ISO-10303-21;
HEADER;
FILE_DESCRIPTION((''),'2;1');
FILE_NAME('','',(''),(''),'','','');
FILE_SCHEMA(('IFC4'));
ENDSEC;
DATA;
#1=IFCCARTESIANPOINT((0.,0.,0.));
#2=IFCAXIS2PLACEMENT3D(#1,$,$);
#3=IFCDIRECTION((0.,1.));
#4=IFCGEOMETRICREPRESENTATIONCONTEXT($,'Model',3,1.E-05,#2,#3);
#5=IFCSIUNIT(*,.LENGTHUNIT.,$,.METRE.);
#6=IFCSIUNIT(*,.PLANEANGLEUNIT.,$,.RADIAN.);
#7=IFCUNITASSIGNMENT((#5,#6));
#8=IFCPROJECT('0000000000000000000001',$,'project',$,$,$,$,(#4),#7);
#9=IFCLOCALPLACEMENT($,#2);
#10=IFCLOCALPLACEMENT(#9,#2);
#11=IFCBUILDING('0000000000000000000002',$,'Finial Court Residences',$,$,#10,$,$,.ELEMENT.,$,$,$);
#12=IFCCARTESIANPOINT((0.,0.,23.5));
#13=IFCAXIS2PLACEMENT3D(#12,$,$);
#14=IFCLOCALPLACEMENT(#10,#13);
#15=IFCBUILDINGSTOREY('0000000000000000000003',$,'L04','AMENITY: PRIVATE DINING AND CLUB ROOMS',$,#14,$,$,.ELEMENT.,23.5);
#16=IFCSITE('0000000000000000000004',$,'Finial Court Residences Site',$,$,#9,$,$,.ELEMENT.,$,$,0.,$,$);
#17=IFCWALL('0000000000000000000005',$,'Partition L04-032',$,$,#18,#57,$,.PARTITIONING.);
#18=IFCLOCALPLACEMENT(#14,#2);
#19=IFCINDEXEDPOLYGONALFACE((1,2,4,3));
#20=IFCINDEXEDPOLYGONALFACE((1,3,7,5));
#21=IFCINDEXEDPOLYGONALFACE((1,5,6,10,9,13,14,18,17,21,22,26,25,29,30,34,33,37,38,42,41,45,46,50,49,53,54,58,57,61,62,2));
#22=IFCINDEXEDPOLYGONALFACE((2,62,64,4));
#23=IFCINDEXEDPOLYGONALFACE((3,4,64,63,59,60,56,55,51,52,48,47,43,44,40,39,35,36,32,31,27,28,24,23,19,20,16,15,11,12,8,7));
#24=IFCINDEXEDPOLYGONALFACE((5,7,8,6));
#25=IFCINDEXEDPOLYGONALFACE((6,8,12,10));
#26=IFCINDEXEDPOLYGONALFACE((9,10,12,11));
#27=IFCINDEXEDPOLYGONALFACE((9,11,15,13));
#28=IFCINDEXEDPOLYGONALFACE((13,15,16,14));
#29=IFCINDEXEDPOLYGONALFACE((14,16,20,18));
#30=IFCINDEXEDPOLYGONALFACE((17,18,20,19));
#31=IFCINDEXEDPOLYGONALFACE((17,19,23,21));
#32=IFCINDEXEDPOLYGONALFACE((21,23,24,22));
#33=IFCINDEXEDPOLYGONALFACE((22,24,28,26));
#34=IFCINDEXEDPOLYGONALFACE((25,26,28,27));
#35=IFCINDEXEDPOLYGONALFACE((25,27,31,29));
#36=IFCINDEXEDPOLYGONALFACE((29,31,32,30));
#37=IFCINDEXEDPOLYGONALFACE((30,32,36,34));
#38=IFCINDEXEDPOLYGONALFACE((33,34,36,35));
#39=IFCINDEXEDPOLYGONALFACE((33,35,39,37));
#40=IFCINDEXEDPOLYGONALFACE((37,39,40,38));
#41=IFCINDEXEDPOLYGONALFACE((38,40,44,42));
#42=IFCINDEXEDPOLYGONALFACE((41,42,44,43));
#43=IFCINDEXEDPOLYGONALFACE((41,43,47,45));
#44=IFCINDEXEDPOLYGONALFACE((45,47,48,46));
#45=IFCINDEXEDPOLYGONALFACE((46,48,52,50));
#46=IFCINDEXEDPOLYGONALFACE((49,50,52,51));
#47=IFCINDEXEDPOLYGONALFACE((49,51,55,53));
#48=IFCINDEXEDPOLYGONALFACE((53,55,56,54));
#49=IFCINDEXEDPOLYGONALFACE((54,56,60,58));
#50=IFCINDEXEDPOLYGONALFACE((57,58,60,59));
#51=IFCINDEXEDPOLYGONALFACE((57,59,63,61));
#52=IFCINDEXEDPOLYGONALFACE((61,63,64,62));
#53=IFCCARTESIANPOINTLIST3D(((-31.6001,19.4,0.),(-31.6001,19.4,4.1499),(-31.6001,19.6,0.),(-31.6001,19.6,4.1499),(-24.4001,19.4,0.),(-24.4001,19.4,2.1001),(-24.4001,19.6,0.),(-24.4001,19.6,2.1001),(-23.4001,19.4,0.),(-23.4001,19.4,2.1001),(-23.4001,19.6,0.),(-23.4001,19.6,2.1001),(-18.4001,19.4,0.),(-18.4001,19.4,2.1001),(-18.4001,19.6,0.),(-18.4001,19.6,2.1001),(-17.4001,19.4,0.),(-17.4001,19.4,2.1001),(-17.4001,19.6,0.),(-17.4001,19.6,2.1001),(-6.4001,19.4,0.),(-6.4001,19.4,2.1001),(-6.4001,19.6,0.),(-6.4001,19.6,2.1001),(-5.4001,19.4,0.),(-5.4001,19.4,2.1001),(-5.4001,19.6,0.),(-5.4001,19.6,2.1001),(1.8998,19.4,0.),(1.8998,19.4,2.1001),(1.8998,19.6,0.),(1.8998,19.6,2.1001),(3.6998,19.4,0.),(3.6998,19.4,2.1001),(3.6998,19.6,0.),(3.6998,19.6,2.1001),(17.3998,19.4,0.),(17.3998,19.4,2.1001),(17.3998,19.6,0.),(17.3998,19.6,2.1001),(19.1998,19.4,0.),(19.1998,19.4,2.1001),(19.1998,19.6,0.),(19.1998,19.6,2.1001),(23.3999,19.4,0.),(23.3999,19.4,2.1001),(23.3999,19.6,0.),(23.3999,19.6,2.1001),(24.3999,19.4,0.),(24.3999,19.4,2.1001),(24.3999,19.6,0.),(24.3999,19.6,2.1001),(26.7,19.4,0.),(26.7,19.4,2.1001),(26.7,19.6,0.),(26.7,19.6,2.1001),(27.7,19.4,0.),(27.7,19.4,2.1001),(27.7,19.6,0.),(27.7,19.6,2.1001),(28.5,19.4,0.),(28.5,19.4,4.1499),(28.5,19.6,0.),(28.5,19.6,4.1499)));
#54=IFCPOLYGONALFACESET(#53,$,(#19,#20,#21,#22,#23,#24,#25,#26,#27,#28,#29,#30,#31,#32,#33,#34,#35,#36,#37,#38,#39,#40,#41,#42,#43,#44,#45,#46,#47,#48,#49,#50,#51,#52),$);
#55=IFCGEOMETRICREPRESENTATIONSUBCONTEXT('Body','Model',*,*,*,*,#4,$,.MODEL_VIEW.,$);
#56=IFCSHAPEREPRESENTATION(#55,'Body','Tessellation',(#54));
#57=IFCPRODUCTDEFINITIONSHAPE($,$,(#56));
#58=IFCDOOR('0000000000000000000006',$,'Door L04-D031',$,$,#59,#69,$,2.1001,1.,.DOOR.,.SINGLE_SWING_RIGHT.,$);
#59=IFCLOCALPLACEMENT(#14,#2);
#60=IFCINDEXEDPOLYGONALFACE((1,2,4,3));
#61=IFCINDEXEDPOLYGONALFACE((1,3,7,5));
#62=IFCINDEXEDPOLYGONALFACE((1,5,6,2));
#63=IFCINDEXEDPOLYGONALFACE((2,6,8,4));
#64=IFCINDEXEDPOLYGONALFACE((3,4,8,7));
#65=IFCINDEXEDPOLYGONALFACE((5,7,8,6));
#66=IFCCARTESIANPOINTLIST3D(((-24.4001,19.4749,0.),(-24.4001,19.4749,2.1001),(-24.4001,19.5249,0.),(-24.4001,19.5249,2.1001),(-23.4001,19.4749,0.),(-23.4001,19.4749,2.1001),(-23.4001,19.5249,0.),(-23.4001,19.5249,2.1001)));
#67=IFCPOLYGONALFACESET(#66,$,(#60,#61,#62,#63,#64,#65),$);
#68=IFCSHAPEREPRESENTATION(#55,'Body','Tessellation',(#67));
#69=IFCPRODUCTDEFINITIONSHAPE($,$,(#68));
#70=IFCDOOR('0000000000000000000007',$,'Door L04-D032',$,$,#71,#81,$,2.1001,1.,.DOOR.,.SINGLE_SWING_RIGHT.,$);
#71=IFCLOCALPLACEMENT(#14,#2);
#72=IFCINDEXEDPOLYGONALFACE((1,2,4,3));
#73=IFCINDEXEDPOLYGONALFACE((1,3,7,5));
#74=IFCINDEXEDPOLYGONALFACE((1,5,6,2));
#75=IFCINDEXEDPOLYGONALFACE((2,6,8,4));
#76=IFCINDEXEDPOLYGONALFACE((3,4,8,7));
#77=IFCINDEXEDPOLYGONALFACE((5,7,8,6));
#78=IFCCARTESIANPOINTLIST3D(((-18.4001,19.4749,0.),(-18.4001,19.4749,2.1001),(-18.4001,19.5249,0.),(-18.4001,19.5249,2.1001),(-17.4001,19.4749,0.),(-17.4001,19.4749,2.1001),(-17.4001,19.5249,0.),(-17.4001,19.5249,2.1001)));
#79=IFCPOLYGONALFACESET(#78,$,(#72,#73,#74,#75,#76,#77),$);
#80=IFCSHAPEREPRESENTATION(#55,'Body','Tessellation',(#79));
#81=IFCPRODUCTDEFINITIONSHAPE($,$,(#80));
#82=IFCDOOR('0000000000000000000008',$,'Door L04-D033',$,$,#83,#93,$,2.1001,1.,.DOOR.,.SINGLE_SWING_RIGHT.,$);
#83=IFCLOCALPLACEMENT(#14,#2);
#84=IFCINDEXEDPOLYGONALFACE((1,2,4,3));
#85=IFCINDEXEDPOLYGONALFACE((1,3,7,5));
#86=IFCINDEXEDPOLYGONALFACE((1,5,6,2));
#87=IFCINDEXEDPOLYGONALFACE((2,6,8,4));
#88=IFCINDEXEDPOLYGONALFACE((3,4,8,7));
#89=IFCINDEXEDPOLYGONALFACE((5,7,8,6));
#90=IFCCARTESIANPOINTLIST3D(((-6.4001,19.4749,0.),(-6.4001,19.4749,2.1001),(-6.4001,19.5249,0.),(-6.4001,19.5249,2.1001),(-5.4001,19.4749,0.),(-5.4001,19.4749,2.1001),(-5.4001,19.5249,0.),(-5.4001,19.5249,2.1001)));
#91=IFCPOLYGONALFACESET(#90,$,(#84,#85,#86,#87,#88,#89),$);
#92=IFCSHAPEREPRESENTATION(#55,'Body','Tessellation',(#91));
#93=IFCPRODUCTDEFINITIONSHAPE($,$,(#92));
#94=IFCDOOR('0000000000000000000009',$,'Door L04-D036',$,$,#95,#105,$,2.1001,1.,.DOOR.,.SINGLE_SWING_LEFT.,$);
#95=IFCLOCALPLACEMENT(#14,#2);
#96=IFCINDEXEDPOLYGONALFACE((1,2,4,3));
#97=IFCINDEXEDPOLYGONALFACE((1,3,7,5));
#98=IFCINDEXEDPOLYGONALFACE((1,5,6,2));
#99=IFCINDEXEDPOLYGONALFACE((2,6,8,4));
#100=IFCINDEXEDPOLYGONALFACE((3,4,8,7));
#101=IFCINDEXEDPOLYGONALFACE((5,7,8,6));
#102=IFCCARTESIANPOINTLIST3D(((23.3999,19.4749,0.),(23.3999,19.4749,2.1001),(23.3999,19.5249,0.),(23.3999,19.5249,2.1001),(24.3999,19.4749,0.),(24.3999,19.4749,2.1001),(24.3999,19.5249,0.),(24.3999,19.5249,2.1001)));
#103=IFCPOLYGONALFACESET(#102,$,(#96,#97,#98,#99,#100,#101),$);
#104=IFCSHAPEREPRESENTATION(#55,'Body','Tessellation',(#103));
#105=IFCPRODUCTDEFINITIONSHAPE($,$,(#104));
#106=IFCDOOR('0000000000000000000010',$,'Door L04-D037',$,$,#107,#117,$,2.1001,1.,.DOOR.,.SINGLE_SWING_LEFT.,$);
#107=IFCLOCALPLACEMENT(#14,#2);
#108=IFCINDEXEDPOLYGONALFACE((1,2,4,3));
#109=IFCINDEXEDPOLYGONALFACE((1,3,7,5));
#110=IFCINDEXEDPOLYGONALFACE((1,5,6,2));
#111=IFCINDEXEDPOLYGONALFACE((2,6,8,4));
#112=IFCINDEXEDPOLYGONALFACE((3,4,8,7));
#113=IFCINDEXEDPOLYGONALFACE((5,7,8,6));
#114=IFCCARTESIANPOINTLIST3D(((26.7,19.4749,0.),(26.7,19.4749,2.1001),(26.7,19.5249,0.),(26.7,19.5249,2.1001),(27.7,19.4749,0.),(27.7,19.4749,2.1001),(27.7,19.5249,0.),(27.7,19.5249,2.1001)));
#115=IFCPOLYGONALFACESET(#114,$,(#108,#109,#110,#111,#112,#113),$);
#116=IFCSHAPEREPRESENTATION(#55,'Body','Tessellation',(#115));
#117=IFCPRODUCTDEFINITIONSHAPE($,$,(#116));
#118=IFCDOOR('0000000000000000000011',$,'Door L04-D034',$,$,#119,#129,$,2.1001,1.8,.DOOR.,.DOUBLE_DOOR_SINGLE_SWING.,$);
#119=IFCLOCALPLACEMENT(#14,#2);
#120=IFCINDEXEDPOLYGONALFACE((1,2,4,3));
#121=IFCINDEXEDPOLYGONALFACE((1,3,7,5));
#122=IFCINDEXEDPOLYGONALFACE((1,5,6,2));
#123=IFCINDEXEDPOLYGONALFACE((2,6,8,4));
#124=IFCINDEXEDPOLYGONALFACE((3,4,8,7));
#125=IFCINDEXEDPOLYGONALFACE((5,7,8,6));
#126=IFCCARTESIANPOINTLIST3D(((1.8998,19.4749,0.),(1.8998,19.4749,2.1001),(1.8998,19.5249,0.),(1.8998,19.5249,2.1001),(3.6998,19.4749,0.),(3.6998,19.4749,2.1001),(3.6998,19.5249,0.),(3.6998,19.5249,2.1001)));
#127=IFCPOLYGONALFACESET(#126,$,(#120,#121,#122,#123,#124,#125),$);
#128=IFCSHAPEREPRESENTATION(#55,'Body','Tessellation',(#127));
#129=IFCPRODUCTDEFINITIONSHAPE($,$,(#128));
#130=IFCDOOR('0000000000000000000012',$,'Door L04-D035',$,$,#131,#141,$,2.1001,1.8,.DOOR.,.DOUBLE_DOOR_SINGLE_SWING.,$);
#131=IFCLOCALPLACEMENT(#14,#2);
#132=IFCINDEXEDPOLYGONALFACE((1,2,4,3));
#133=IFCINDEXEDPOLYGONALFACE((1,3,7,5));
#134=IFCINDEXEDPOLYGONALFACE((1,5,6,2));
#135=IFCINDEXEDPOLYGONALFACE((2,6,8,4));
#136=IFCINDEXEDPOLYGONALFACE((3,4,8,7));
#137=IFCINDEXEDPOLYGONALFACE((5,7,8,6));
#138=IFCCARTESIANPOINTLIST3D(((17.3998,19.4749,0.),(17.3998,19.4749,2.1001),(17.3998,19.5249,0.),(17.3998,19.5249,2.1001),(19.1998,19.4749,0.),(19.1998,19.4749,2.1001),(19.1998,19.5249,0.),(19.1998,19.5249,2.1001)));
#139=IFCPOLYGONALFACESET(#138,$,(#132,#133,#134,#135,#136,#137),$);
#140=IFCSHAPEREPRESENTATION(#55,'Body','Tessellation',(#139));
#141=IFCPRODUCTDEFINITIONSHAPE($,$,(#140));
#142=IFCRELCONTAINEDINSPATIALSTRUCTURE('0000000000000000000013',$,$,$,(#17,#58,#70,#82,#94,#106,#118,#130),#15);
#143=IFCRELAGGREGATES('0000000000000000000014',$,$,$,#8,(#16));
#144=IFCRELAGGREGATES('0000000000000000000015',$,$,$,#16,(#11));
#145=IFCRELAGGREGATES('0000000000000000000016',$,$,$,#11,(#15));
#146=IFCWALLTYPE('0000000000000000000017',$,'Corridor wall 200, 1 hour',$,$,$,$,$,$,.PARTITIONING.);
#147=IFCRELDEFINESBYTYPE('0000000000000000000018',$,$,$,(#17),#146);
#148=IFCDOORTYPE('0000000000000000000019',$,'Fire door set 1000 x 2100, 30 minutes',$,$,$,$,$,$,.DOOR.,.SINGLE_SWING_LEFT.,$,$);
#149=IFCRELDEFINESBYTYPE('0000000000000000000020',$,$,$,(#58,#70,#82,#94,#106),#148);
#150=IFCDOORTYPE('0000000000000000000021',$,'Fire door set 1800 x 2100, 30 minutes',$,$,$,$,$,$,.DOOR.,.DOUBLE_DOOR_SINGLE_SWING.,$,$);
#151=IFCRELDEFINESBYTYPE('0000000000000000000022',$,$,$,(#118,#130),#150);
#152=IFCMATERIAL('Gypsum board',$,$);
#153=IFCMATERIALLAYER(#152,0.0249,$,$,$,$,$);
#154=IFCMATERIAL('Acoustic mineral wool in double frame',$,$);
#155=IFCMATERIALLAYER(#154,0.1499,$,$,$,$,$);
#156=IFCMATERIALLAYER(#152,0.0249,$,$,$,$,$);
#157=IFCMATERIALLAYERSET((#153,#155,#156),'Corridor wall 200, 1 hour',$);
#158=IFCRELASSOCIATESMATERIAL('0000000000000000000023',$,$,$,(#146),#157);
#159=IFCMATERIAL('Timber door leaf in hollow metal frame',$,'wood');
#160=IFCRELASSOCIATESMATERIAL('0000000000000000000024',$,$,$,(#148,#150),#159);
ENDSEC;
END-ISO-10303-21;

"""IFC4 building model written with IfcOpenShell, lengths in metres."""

from ifc_helpers import new_model, si_unit, direction, frame, frame_2d, origin, place, context, subcontext, project, spatial, rectangle, extrude, material, layer, layer_set, type_object, element, fill, save


model = new_model("IFC4")

# Units and contexts
model_context = context("Model", 3, precision=1e-05, world=origin(), true_north=direction((0.0, 1.0)))
body_context = subcontext(model_context, "Body", "Model", "MODEL_VIEW")
ifc_project = project(units=[si_unit("LENGTHUNIT", "METRE"), si_unit("PLANEANGLEUNIT", "RADIAN")], contexts=[model_context])

# Site, building, storey
site_placement = place(None, origin())
site = spatial("IfcSite", under=ifc_project, at=site_placement, Name="Finial Court Residences Site", CompositionType="ELEMENT", RefElevation=0.0)
building_placement = place(site_placement, origin())
building = spatial("IfcBuilding", under=site, at=building_placement, Name="Finial Court Residences", CompositionType="ELEMENT")
storey_placement = place(building_placement, frame((0.0, 0.0, 23.5)))
storey = spatial("IfcBuildingStorey", under=building, at=storey_placement, Name="L04", Description="AMENITY: PRIVATE DINING AND CLUB ROOMS", CompositionType="ELEMENT", Elevation=23.5)

# Shared definitions
ifc_material_1 = material(Name="Gypsum board")
ifc_layer_1 = layer(ifc_material_1, 0.0249)
ifc_material_2 = material(Name="Acoustic mineral wool in double frame")
ifc_layer_2 = layer(ifc_material_2, 0.1499)
ifc_layer_3 = layer(ifc_material_1, 0.0249)
ifc_layer_set_1 = layer_set([ifc_layer_1, ifc_layer_2, ifc_layer_3], Name="Corridor wall 200, 1 hour")
wall_type_1 = type_object("IfcWallType", Name="Corridor wall 200, 1 hour", PredefinedType="PARTITIONING", material=ifc_layer_set_1)
ifc_material_3 = material(Name="Timber door leaf in hollow metal frame", Category="wood")
door_type_1 = type_object("IfcDoorType", Name="Fire door set 1000 x 2100, 30 minutes", OperationType="SINGLE_SWING_LEFT", PredefinedType="DOOR", material=ifc_material_3)

# Wall, openings, doors
wall_1_placement = place(storey_placement, frame((-31.6001, 19.5, 0.0), z_axis=(0.0, 0.0, 1.0), x_axis=(1.0, 0.0, 0.0)))
wall_1 = element("IfcWall", 1, at=wall_1_placement, inside=storey, type_object=wall_type_1, Name="Partition L04-032", PredefinedType="PARTITIONING", context=body_context, shape_type="SweptSolid", body=[
    extrude(rectangle(XDim=60.1001, YDim=0.2, at=frame_2d((30.05, 0.0))), origin(), (0.0, 0.0, 1.0), 4.1499),
])
opening_1_placement = place(wall_1_placement, frame((7.2, 0.0, 0.0)))
opening_1 = element("IfcOpeningElement", 2, at=opening_1_placement, cuts=wall_1, PredefinedType="OPENING", context=body_context, shape_type="SweptSolid", body=[
    extrude(rectangle(XDim=1.0, YDim=2.1001, at=frame_2d((0.5, 1.05))), frame((0.0, 0.1099, 0.0), z_axis=(0.0, -1.0, 0.0), x_axis=(1.0, 0.0, 0.0)), (0.0, 0.0, 1.0), 0.22),
])
opening_2_placement = place(wall_1_placement, frame((13.2, 0.0, 0.0)))
opening_2 = element("IfcOpeningElement", 3, at=opening_2_placement, cuts=wall_1, PredefinedType="OPENING", context=body_context, shape_type="SweptSolid", body=[
    extrude(rectangle(XDim=1.0, YDim=2.1001, at=frame_2d((0.5, 1.05))), frame((0.0, 0.1099, 0.0), z_axis=(0.0, -1.0, 0.0), x_axis=(1.0, 0.0, 0.0)), (0.0, 0.0, 1.0), 0.22),
])
opening_3_placement = place(wall_1_placement, frame((25.2, 0.0, 0.0)))
opening_3 = element("IfcOpeningElement", 4, at=opening_3_placement, cuts=wall_1, PredefinedType="OPENING", context=body_context, shape_type="SweptSolid", body=[
    extrude(rectangle(XDim=1.0, YDim=2.1001, at=frame_2d((0.5, 1.05))), frame((0.0, 0.1099, 0.0), z_axis=(0.0, -1.0, 0.0), x_axis=(1.0, 0.0, 0.0)), (0.0, 0.0, 1.0), 0.22),
])
opening_4_placement = place(wall_1_placement, frame((33.5, 0.0, 0.0)))
opening_4 = element("IfcOpeningElement", 5, at=opening_4_placement, cuts=wall_1, PredefinedType="OPENING", context=body_context, shape_type="SweptSolid", body=[
    extrude(rectangle(XDim=1.8, YDim=2.1001, at=frame_2d((0.8999, 1.05))), frame((0.0, 0.1099, 0.0), z_axis=(0.0, -1.0, 0.0), x_axis=(1.0, 0.0, 0.0)), (0.0, 0.0, 1.0), 0.22),
])
opening_5_placement = place(wall_1_placement, frame((49.0, 0.0, 0.0)))
opening_5 = element("IfcOpeningElement", 6, at=opening_5_placement, cuts=wall_1, PredefinedType="OPENING", context=body_context, shape_type="SweptSolid", body=[
    extrude(rectangle(XDim=1.8, YDim=2.1001, at=frame_2d((0.8999, 1.05))), frame((0.0, 0.1099, 0.0), z_axis=(0.0, -1.0, 0.0), x_axis=(1.0, 0.0, 0.0)), (0.0, 0.0, 1.0), 0.22),
])
opening_6_placement = place(wall_1_placement, frame((55.0, 0.0, 0.0)))
opening_6 = element("IfcOpeningElement", 7, at=opening_6_placement, cuts=wall_1, PredefinedType="OPENING", context=body_context, shape_type="SweptSolid", body=[
    extrude(rectangle(XDim=1.0, YDim=2.1001, at=frame_2d((0.5, 1.05))), frame((0.0, 0.1099, 0.0), z_axis=(0.0, -1.0, 0.0), x_axis=(1.0, 0.0, 0.0)), (0.0, 0.0, 1.0), 0.22),
])
opening_7_placement = place(wall_1_placement, frame((58.3, 0.0, 0.0)))
opening_7 = element("IfcOpeningElement", 8, at=opening_7_placement, cuts=wall_1, PredefinedType="OPENING", context=body_context, shape_type="SweptSolid", body=[
    extrude(rectangle(XDim=1.0, YDim=2.1001, at=frame_2d((0.5, 1.05))), frame((0.0, 0.1099, 0.0), z_axis=(0.0, -1.0, 0.0), x_axis=(1.0, 0.0, 0.0)), (0.0, 0.0, 1.0), 0.22),
])
door_1_placement = place(opening_1_placement, origin())
door_1 = element("IfcDoor", 9, at=door_1_placement, inside=storey, type_object=door_type_1, Name="Door L04-D031", OperationType="SINGLE_SWING_RIGHT", OverallHeight=2.1001, OverallWidth=1.0, PredefinedType="DOOR", context=body_context, shape_type="SweptSolid", body=[
    extrude(rectangle(XDim=1.0, YDim=2.1001, at=frame_2d((0.5, 1.05))), frame((0.0, 0.0249, 0.0), z_axis=(0.0, -1.0, 0.0), x_axis=(1.0, 0.0, 0.0)), (0.0, 0.0, 1.0), 0.05),
])
fill(opening_1, door_1)
door_2_placement = place(opening_2_placement, origin())
door_2 = element("IfcDoor", 10, at=door_2_placement, inside=storey, type_object=door_type_1, Name="Door L04-D032", OperationType="SINGLE_SWING_RIGHT", OverallHeight=2.1001, OverallWidth=1.0, PredefinedType="DOOR", context=body_context, shape_type="SweptSolid", body=[
    extrude(rectangle(XDim=1.0, YDim=2.1001, at=frame_2d((0.5, 1.05))), frame((0.0, 0.0249, 0.0), z_axis=(0.0, -1.0, 0.0), x_axis=(1.0, 0.0, 0.0)), (0.0, 0.0, 1.0), 0.05),
])
fill(opening_2, door_2)
door_3_placement = place(opening_3_placement, origin())
door_3 = element("IfcDoor", 11, at=door_3_placement, inside=storey, type_object=door_type_1, Name="Door L04-D033", OperationType="SINGLE_SWING_RIGHT", OverallHeight=2.1001, OverallWidth=1.0, PredefinedType="DOOR", context=body_context, shape_type="SweptSolid", body=[
    extrude(rectangle(XDim=1.0, YDim=2.1001, at=frame_2d((0.5, 1.05))), frame((0.0, 0.0249, 0.0), z_axis=(0.0, -1.0, 0.0), x_axis=(1.0, 0.0, 0.0)), (0.0, 0.0, 1.0), 0.05),
])
fill(opening_3, door_3)
door_4_placement = place(opening_6_placement, origin())
door_4 = element("IfcDoor", 12, at=door_4_placement, inside=storey, type_object=door_type_1, Name="Door L04-D036", OperationType="SINGLE_SWING_LEFT", OverallHeight=2.1001, OverallWidth=1.0, PredefinedType="DOOR", context=body_context, shape_type="SweptSolid", body=[
    extrude(rectangle(XDim=1.0, YDim=2.1001, at=frame_2d((0.5, 1.05))), frame((0.0, 0.0249, 0.0), z_axis=(0.0, -1.0, 0.0), x_axis=(1.0, 0.0, 0.0)), (0.0, 0.0, 1.0), 0.05),
])
fill(opening_6, door_4)
door_5_placement = place(opening_7_placement, origin())
door_5 = element("IfcDoor", 13, at=door_5_placement, inside=storey, type_object=door_type_1, Name="Door L04-D037", OperationType="SINGLE_SWING_LEFT", OverallHeight=2.1001, OverallWidth=1.0, PredefinedType="DOOR", context=body_context, shape_type="SweptSolid", body=[
    extrude(rectangle(XDim=1.0, YDim=2.1001, at=frame_2d((0.5, 1.05))), frame((0.0, 0.0249, 0.0), z_axis=(0.0, -1.0, 0.0), x_axis=(1.0, 0.0, 0.0)), (0.0, 0.0, 1.0), 0.05),
])
fill(opening_7, door_5)
door_type_2 = type_object("IfcDoorType", Name="Fire door set 1800 x 2100, 30 minutes", OperationType="DOUBLE_DOOR_SINGLE_SWING", PredefinedType="DOOR", material=ifc_material_3)
door_6_placement = place(opening_4_placement, origin())
door_6 = element("IfcDoor", 14, at=door_6_placement, inside=storey, type_object=door_type_2, Name="Door L04-D034", OperationType="DOUBLE_DOOR_SINGLE_SWING", OverallHeight=2.1001, OverallWidth=1.8, PredefinedType="DOOR", context=body_context, shape_type="SweptSolid", body=[
    extrude(rectangle(XDim=1.8, YDim=2.1001, at=frame_2d((0.8999, 1.05))), frame((0.0, 0.0249, 0.0), z_axis=(0.0, -1.0, 0.0), x_axis=(1.0, 0.0, 0.0)), (0.0, 0.0, 1.0), 0.05),
])
fill(opening_4, door_6)
door_7_placement = place(opening_5_placement, origin())
door_7 = element("IfcDoor", 15, at=door_7_placement, inside=storey, type_object=door_type_2, Name="Door L04-D035", OperationType="DOUBLE_DOOR_SINGLE_SWING", OverallHeight=2.1001, OverallWidth=1.8, PredefinedType="DOOR", context=body_context, shape_type="SweptSolid", body=[
    extrude(rectangle(XDim=1.8, YDim=2.1001, at=frame_2d((0.8999, 1.05))), frame((0.0, 0.0249, 0.0), z_axis=(0.0, -1.0, 0.0), x_axis=(1.0, 0.0, 0.0)), (0.0, 0.0, 1.0), 0.05),
])
fill(opening_5, door_7)

save(model, "model.ifc")
